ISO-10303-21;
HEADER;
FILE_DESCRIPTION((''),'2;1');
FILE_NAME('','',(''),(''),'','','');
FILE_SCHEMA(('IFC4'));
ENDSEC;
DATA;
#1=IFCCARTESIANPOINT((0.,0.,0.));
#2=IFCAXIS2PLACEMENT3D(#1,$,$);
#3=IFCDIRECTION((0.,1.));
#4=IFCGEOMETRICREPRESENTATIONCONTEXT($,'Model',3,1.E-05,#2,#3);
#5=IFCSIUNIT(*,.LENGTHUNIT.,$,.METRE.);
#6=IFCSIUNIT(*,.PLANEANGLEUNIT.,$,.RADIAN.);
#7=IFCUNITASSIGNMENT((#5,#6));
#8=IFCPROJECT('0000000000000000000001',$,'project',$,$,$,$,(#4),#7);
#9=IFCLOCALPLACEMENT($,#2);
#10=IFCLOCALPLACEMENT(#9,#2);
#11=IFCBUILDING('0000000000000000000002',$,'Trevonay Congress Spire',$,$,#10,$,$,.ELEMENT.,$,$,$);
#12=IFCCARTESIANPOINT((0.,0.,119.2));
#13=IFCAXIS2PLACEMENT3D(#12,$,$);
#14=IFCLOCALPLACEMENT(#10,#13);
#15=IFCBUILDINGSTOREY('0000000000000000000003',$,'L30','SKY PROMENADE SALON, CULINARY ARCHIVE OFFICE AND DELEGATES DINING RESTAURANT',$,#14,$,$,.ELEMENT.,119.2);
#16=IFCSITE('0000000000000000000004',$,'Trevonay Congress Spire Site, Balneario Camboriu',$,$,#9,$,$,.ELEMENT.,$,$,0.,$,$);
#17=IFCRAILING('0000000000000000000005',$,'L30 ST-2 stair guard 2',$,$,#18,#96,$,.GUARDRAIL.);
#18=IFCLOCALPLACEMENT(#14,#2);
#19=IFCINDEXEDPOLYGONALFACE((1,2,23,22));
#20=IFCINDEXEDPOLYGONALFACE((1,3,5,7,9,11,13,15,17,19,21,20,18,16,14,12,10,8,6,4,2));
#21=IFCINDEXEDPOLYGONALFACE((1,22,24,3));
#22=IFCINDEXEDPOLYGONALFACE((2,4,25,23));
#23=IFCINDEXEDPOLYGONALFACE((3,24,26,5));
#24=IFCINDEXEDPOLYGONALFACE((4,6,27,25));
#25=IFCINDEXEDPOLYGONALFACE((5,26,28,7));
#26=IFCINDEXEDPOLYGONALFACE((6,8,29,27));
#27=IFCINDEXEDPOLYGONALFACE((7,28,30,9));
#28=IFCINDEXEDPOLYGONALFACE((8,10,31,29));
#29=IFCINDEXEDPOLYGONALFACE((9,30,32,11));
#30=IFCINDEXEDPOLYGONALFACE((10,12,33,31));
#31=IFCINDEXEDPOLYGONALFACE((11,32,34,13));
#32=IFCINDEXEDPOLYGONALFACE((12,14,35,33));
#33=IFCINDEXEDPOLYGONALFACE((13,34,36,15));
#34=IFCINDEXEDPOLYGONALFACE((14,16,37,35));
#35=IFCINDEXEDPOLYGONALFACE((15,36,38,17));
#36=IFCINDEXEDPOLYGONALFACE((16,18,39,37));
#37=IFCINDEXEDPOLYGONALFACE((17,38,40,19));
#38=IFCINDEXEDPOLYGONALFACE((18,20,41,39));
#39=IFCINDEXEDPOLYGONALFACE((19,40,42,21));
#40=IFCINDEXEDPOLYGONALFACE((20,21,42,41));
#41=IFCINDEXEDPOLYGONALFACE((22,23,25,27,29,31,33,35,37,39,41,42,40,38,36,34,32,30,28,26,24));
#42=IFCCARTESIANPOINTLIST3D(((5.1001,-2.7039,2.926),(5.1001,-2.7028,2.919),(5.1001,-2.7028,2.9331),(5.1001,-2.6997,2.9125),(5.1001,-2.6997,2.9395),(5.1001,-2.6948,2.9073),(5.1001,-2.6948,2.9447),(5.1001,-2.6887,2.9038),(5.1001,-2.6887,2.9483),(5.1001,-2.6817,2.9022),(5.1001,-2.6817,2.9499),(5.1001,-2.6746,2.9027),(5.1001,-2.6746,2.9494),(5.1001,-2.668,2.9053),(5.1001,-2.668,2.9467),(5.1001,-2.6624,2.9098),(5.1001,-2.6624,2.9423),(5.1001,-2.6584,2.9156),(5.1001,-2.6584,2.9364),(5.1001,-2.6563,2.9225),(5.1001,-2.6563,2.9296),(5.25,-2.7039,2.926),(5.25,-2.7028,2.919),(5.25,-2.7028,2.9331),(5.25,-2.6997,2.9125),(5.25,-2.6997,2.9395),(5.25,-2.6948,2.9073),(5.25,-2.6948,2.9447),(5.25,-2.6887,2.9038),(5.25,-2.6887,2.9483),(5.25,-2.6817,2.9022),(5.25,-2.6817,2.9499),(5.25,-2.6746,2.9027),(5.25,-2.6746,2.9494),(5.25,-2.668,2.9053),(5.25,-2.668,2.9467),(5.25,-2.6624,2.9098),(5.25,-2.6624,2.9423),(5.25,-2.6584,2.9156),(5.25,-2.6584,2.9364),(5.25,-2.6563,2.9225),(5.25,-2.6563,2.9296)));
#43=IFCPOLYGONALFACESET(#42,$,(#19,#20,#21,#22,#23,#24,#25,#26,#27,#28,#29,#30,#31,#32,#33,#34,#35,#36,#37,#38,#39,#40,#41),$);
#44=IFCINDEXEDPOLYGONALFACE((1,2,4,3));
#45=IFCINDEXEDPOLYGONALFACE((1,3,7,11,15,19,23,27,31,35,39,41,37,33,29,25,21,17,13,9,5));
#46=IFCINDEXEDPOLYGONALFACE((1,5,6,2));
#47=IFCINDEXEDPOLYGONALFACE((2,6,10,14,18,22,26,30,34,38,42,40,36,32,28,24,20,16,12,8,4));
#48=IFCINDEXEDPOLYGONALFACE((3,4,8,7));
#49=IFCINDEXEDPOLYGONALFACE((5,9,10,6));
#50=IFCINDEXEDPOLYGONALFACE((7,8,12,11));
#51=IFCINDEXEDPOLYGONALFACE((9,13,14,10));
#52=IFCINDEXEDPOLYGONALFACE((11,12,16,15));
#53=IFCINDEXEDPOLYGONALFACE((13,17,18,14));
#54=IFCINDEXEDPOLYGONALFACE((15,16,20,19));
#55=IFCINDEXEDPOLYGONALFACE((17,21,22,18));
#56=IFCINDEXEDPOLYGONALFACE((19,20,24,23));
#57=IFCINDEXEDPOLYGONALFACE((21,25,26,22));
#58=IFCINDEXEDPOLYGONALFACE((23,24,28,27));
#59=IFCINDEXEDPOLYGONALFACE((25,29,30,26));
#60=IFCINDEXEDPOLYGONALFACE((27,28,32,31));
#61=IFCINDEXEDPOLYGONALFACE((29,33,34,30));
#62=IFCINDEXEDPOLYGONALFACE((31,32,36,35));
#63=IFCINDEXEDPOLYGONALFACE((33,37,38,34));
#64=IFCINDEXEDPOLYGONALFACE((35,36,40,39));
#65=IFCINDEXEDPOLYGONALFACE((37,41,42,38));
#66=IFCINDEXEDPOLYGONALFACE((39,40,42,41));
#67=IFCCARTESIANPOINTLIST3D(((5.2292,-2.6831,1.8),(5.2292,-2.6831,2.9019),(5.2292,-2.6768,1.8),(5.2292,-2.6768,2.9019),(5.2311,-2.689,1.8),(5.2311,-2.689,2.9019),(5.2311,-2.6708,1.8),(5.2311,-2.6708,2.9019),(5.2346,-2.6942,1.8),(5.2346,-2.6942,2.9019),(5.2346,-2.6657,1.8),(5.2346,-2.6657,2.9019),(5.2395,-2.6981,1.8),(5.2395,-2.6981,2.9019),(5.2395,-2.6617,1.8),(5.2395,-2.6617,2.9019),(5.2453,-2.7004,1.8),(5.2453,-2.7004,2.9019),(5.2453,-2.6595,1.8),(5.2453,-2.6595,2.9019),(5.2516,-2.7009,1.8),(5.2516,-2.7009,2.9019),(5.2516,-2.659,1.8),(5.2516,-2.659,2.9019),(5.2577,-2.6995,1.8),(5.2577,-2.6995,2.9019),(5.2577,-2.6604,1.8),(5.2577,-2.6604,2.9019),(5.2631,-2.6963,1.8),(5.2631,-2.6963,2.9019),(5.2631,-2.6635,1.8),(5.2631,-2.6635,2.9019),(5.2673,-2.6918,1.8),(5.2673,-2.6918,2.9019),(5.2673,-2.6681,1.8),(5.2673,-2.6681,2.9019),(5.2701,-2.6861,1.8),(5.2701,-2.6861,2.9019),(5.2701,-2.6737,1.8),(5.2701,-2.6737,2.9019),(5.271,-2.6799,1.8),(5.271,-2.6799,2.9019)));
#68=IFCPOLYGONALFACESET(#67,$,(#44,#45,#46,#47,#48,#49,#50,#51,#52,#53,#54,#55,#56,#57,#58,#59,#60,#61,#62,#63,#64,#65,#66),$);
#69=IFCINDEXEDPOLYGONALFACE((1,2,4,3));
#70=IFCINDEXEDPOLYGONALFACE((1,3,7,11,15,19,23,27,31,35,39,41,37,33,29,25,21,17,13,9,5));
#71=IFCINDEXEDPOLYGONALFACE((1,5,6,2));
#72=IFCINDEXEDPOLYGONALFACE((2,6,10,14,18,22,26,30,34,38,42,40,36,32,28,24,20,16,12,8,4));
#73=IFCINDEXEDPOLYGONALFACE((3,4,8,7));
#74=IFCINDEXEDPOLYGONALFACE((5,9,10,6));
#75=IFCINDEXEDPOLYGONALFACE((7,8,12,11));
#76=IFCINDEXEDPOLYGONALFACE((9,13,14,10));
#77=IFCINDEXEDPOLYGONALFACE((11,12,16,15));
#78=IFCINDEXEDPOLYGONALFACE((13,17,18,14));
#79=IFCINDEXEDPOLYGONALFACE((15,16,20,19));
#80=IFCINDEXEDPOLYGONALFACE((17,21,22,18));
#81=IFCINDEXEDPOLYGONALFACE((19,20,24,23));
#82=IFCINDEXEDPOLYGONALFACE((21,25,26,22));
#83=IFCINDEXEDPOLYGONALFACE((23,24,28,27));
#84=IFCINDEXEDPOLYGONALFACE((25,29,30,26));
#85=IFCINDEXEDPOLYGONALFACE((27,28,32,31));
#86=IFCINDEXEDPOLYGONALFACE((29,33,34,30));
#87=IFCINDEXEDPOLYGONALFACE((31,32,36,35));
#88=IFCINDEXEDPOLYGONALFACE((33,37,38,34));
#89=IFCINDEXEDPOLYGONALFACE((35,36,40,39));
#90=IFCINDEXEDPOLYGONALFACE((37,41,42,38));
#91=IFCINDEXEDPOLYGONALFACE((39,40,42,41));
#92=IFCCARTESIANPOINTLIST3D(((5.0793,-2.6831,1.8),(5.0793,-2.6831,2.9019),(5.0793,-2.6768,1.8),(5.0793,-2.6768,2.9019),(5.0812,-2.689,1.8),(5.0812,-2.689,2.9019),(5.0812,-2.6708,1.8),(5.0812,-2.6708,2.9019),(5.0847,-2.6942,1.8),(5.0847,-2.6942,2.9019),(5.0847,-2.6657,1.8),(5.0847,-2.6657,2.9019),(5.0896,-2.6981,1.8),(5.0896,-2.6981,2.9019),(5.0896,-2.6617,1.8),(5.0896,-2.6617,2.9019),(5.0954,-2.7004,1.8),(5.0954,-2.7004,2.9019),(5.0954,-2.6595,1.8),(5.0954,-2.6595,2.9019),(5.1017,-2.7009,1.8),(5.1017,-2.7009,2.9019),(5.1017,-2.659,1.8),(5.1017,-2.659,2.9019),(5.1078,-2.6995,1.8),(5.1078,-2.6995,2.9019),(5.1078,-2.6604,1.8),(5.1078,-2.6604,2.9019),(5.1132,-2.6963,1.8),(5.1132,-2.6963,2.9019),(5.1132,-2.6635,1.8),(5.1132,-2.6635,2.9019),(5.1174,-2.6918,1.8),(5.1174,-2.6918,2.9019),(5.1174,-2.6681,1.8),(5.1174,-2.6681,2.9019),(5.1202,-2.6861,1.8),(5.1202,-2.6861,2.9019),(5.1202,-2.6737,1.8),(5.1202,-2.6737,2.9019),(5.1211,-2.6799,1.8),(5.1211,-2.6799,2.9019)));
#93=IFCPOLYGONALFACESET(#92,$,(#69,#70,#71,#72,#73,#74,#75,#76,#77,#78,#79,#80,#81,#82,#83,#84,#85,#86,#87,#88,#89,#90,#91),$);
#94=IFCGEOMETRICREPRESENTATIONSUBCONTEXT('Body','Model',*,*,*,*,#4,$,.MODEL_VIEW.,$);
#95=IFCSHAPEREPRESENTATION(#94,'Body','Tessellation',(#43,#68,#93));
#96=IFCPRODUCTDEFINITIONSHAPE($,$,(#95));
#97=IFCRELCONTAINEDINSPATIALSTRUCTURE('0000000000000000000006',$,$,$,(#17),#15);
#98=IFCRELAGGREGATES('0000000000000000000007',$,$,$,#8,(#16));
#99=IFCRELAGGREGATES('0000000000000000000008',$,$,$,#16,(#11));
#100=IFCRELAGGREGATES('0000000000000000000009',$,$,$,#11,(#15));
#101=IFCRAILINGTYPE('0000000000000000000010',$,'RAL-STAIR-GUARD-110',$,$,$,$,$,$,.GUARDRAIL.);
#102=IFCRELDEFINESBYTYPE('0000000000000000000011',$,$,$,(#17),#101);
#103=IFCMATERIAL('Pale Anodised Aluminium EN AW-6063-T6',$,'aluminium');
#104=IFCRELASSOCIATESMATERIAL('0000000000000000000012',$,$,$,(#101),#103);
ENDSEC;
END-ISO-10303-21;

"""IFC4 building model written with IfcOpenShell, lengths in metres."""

from ifc_helpers import new_model, si_unit, direction, frame, origin, origin_2d, place, context, subcontext, project, spatial, circle, extrude, material, type_object, element, save


model = new_model("IFC4")

# Units and contexts
model_context = context("Model", 3, precision=1e-05, world=origin(), true_north=direction((0.0, 1.0)))
body_context = subcontext(model_context, "Body", "Model", "MODEL_VIEW")
ifc_project = project(units=[si_unit("LENGTHUNIT", "METRE"), si_unit("PLANEANGLEUNIT", "RADIAN")], contexts=[model_context])

# Site, building, storey
site_placement = place(None, origin())
site = spatial("IfcSite", under=ifc_project, at=site_placement, Name="Trevonay Congress Spire Site, Balneario Camboriu", CompositionType="ELEMENT", RefElevation=0.0)
building_placement = place(site_placement, origin())
building = spatial("IfcBuilding", under=site, at=building_placement, Name="Trevonay Congress Spire", CompositionType="ELEMENT")
storey_placement = place(building_placement, frame((0.0, 0.0, 119.2)))
storey = spatial("IfcBuildingStorey", under=building, at=storey_placement, Name="L30", Description="SKY PROMENADE SALON, CULINARY ARCHIVE OFFICE AND DELEGATES DINING RESTAURANT", CompositionType="ELEMENT", Elevation=119.2)

# Shared definitions
ifc_material_1 = material(Name="Pale Anodised Aluminium EN AW-6063-T6", Category="aluminium")

# Railing
railing_type_1 = type_object("IfcRailingType", Name="RAL-STAIR-GUARD-110", PredefinedType="GUARDRAIL", material=ifc_material_1)
railing_1_placement = place(storey_placement, frame((5.25, -2.6799, 1.8)))
element("IfcRailing", 1, at=railing_1_placement, inside=storey, type_object=railing_type_1, Name="L30 ST-2 stair guard 2", PredefinedType="GUARDRAIL", context=body_context, shape_type="SweptSolid", body=[
    extrude(circle(Radius=0.0239, at=origin_2d()), frame((0.0, 0.0, 1.126), z_axis=(-1.0, 0.0, 0.0), x_axis=(0.0, -1.0, 0.0)), (0.0, 0.0, 1.0), 0.1499),
    extrude(circle(Radius=0.021, at=origin_2d()), origin(), (0.0, 0.0, 1.0), 1.1018),
    extrude(circle(Radius=0.021, at=origin_2d()), frame((-0.1499, 0.0, 0.0)), (0.0, 0.0, 1.0), 1.1018),
])

save(model, "model.ifc")
